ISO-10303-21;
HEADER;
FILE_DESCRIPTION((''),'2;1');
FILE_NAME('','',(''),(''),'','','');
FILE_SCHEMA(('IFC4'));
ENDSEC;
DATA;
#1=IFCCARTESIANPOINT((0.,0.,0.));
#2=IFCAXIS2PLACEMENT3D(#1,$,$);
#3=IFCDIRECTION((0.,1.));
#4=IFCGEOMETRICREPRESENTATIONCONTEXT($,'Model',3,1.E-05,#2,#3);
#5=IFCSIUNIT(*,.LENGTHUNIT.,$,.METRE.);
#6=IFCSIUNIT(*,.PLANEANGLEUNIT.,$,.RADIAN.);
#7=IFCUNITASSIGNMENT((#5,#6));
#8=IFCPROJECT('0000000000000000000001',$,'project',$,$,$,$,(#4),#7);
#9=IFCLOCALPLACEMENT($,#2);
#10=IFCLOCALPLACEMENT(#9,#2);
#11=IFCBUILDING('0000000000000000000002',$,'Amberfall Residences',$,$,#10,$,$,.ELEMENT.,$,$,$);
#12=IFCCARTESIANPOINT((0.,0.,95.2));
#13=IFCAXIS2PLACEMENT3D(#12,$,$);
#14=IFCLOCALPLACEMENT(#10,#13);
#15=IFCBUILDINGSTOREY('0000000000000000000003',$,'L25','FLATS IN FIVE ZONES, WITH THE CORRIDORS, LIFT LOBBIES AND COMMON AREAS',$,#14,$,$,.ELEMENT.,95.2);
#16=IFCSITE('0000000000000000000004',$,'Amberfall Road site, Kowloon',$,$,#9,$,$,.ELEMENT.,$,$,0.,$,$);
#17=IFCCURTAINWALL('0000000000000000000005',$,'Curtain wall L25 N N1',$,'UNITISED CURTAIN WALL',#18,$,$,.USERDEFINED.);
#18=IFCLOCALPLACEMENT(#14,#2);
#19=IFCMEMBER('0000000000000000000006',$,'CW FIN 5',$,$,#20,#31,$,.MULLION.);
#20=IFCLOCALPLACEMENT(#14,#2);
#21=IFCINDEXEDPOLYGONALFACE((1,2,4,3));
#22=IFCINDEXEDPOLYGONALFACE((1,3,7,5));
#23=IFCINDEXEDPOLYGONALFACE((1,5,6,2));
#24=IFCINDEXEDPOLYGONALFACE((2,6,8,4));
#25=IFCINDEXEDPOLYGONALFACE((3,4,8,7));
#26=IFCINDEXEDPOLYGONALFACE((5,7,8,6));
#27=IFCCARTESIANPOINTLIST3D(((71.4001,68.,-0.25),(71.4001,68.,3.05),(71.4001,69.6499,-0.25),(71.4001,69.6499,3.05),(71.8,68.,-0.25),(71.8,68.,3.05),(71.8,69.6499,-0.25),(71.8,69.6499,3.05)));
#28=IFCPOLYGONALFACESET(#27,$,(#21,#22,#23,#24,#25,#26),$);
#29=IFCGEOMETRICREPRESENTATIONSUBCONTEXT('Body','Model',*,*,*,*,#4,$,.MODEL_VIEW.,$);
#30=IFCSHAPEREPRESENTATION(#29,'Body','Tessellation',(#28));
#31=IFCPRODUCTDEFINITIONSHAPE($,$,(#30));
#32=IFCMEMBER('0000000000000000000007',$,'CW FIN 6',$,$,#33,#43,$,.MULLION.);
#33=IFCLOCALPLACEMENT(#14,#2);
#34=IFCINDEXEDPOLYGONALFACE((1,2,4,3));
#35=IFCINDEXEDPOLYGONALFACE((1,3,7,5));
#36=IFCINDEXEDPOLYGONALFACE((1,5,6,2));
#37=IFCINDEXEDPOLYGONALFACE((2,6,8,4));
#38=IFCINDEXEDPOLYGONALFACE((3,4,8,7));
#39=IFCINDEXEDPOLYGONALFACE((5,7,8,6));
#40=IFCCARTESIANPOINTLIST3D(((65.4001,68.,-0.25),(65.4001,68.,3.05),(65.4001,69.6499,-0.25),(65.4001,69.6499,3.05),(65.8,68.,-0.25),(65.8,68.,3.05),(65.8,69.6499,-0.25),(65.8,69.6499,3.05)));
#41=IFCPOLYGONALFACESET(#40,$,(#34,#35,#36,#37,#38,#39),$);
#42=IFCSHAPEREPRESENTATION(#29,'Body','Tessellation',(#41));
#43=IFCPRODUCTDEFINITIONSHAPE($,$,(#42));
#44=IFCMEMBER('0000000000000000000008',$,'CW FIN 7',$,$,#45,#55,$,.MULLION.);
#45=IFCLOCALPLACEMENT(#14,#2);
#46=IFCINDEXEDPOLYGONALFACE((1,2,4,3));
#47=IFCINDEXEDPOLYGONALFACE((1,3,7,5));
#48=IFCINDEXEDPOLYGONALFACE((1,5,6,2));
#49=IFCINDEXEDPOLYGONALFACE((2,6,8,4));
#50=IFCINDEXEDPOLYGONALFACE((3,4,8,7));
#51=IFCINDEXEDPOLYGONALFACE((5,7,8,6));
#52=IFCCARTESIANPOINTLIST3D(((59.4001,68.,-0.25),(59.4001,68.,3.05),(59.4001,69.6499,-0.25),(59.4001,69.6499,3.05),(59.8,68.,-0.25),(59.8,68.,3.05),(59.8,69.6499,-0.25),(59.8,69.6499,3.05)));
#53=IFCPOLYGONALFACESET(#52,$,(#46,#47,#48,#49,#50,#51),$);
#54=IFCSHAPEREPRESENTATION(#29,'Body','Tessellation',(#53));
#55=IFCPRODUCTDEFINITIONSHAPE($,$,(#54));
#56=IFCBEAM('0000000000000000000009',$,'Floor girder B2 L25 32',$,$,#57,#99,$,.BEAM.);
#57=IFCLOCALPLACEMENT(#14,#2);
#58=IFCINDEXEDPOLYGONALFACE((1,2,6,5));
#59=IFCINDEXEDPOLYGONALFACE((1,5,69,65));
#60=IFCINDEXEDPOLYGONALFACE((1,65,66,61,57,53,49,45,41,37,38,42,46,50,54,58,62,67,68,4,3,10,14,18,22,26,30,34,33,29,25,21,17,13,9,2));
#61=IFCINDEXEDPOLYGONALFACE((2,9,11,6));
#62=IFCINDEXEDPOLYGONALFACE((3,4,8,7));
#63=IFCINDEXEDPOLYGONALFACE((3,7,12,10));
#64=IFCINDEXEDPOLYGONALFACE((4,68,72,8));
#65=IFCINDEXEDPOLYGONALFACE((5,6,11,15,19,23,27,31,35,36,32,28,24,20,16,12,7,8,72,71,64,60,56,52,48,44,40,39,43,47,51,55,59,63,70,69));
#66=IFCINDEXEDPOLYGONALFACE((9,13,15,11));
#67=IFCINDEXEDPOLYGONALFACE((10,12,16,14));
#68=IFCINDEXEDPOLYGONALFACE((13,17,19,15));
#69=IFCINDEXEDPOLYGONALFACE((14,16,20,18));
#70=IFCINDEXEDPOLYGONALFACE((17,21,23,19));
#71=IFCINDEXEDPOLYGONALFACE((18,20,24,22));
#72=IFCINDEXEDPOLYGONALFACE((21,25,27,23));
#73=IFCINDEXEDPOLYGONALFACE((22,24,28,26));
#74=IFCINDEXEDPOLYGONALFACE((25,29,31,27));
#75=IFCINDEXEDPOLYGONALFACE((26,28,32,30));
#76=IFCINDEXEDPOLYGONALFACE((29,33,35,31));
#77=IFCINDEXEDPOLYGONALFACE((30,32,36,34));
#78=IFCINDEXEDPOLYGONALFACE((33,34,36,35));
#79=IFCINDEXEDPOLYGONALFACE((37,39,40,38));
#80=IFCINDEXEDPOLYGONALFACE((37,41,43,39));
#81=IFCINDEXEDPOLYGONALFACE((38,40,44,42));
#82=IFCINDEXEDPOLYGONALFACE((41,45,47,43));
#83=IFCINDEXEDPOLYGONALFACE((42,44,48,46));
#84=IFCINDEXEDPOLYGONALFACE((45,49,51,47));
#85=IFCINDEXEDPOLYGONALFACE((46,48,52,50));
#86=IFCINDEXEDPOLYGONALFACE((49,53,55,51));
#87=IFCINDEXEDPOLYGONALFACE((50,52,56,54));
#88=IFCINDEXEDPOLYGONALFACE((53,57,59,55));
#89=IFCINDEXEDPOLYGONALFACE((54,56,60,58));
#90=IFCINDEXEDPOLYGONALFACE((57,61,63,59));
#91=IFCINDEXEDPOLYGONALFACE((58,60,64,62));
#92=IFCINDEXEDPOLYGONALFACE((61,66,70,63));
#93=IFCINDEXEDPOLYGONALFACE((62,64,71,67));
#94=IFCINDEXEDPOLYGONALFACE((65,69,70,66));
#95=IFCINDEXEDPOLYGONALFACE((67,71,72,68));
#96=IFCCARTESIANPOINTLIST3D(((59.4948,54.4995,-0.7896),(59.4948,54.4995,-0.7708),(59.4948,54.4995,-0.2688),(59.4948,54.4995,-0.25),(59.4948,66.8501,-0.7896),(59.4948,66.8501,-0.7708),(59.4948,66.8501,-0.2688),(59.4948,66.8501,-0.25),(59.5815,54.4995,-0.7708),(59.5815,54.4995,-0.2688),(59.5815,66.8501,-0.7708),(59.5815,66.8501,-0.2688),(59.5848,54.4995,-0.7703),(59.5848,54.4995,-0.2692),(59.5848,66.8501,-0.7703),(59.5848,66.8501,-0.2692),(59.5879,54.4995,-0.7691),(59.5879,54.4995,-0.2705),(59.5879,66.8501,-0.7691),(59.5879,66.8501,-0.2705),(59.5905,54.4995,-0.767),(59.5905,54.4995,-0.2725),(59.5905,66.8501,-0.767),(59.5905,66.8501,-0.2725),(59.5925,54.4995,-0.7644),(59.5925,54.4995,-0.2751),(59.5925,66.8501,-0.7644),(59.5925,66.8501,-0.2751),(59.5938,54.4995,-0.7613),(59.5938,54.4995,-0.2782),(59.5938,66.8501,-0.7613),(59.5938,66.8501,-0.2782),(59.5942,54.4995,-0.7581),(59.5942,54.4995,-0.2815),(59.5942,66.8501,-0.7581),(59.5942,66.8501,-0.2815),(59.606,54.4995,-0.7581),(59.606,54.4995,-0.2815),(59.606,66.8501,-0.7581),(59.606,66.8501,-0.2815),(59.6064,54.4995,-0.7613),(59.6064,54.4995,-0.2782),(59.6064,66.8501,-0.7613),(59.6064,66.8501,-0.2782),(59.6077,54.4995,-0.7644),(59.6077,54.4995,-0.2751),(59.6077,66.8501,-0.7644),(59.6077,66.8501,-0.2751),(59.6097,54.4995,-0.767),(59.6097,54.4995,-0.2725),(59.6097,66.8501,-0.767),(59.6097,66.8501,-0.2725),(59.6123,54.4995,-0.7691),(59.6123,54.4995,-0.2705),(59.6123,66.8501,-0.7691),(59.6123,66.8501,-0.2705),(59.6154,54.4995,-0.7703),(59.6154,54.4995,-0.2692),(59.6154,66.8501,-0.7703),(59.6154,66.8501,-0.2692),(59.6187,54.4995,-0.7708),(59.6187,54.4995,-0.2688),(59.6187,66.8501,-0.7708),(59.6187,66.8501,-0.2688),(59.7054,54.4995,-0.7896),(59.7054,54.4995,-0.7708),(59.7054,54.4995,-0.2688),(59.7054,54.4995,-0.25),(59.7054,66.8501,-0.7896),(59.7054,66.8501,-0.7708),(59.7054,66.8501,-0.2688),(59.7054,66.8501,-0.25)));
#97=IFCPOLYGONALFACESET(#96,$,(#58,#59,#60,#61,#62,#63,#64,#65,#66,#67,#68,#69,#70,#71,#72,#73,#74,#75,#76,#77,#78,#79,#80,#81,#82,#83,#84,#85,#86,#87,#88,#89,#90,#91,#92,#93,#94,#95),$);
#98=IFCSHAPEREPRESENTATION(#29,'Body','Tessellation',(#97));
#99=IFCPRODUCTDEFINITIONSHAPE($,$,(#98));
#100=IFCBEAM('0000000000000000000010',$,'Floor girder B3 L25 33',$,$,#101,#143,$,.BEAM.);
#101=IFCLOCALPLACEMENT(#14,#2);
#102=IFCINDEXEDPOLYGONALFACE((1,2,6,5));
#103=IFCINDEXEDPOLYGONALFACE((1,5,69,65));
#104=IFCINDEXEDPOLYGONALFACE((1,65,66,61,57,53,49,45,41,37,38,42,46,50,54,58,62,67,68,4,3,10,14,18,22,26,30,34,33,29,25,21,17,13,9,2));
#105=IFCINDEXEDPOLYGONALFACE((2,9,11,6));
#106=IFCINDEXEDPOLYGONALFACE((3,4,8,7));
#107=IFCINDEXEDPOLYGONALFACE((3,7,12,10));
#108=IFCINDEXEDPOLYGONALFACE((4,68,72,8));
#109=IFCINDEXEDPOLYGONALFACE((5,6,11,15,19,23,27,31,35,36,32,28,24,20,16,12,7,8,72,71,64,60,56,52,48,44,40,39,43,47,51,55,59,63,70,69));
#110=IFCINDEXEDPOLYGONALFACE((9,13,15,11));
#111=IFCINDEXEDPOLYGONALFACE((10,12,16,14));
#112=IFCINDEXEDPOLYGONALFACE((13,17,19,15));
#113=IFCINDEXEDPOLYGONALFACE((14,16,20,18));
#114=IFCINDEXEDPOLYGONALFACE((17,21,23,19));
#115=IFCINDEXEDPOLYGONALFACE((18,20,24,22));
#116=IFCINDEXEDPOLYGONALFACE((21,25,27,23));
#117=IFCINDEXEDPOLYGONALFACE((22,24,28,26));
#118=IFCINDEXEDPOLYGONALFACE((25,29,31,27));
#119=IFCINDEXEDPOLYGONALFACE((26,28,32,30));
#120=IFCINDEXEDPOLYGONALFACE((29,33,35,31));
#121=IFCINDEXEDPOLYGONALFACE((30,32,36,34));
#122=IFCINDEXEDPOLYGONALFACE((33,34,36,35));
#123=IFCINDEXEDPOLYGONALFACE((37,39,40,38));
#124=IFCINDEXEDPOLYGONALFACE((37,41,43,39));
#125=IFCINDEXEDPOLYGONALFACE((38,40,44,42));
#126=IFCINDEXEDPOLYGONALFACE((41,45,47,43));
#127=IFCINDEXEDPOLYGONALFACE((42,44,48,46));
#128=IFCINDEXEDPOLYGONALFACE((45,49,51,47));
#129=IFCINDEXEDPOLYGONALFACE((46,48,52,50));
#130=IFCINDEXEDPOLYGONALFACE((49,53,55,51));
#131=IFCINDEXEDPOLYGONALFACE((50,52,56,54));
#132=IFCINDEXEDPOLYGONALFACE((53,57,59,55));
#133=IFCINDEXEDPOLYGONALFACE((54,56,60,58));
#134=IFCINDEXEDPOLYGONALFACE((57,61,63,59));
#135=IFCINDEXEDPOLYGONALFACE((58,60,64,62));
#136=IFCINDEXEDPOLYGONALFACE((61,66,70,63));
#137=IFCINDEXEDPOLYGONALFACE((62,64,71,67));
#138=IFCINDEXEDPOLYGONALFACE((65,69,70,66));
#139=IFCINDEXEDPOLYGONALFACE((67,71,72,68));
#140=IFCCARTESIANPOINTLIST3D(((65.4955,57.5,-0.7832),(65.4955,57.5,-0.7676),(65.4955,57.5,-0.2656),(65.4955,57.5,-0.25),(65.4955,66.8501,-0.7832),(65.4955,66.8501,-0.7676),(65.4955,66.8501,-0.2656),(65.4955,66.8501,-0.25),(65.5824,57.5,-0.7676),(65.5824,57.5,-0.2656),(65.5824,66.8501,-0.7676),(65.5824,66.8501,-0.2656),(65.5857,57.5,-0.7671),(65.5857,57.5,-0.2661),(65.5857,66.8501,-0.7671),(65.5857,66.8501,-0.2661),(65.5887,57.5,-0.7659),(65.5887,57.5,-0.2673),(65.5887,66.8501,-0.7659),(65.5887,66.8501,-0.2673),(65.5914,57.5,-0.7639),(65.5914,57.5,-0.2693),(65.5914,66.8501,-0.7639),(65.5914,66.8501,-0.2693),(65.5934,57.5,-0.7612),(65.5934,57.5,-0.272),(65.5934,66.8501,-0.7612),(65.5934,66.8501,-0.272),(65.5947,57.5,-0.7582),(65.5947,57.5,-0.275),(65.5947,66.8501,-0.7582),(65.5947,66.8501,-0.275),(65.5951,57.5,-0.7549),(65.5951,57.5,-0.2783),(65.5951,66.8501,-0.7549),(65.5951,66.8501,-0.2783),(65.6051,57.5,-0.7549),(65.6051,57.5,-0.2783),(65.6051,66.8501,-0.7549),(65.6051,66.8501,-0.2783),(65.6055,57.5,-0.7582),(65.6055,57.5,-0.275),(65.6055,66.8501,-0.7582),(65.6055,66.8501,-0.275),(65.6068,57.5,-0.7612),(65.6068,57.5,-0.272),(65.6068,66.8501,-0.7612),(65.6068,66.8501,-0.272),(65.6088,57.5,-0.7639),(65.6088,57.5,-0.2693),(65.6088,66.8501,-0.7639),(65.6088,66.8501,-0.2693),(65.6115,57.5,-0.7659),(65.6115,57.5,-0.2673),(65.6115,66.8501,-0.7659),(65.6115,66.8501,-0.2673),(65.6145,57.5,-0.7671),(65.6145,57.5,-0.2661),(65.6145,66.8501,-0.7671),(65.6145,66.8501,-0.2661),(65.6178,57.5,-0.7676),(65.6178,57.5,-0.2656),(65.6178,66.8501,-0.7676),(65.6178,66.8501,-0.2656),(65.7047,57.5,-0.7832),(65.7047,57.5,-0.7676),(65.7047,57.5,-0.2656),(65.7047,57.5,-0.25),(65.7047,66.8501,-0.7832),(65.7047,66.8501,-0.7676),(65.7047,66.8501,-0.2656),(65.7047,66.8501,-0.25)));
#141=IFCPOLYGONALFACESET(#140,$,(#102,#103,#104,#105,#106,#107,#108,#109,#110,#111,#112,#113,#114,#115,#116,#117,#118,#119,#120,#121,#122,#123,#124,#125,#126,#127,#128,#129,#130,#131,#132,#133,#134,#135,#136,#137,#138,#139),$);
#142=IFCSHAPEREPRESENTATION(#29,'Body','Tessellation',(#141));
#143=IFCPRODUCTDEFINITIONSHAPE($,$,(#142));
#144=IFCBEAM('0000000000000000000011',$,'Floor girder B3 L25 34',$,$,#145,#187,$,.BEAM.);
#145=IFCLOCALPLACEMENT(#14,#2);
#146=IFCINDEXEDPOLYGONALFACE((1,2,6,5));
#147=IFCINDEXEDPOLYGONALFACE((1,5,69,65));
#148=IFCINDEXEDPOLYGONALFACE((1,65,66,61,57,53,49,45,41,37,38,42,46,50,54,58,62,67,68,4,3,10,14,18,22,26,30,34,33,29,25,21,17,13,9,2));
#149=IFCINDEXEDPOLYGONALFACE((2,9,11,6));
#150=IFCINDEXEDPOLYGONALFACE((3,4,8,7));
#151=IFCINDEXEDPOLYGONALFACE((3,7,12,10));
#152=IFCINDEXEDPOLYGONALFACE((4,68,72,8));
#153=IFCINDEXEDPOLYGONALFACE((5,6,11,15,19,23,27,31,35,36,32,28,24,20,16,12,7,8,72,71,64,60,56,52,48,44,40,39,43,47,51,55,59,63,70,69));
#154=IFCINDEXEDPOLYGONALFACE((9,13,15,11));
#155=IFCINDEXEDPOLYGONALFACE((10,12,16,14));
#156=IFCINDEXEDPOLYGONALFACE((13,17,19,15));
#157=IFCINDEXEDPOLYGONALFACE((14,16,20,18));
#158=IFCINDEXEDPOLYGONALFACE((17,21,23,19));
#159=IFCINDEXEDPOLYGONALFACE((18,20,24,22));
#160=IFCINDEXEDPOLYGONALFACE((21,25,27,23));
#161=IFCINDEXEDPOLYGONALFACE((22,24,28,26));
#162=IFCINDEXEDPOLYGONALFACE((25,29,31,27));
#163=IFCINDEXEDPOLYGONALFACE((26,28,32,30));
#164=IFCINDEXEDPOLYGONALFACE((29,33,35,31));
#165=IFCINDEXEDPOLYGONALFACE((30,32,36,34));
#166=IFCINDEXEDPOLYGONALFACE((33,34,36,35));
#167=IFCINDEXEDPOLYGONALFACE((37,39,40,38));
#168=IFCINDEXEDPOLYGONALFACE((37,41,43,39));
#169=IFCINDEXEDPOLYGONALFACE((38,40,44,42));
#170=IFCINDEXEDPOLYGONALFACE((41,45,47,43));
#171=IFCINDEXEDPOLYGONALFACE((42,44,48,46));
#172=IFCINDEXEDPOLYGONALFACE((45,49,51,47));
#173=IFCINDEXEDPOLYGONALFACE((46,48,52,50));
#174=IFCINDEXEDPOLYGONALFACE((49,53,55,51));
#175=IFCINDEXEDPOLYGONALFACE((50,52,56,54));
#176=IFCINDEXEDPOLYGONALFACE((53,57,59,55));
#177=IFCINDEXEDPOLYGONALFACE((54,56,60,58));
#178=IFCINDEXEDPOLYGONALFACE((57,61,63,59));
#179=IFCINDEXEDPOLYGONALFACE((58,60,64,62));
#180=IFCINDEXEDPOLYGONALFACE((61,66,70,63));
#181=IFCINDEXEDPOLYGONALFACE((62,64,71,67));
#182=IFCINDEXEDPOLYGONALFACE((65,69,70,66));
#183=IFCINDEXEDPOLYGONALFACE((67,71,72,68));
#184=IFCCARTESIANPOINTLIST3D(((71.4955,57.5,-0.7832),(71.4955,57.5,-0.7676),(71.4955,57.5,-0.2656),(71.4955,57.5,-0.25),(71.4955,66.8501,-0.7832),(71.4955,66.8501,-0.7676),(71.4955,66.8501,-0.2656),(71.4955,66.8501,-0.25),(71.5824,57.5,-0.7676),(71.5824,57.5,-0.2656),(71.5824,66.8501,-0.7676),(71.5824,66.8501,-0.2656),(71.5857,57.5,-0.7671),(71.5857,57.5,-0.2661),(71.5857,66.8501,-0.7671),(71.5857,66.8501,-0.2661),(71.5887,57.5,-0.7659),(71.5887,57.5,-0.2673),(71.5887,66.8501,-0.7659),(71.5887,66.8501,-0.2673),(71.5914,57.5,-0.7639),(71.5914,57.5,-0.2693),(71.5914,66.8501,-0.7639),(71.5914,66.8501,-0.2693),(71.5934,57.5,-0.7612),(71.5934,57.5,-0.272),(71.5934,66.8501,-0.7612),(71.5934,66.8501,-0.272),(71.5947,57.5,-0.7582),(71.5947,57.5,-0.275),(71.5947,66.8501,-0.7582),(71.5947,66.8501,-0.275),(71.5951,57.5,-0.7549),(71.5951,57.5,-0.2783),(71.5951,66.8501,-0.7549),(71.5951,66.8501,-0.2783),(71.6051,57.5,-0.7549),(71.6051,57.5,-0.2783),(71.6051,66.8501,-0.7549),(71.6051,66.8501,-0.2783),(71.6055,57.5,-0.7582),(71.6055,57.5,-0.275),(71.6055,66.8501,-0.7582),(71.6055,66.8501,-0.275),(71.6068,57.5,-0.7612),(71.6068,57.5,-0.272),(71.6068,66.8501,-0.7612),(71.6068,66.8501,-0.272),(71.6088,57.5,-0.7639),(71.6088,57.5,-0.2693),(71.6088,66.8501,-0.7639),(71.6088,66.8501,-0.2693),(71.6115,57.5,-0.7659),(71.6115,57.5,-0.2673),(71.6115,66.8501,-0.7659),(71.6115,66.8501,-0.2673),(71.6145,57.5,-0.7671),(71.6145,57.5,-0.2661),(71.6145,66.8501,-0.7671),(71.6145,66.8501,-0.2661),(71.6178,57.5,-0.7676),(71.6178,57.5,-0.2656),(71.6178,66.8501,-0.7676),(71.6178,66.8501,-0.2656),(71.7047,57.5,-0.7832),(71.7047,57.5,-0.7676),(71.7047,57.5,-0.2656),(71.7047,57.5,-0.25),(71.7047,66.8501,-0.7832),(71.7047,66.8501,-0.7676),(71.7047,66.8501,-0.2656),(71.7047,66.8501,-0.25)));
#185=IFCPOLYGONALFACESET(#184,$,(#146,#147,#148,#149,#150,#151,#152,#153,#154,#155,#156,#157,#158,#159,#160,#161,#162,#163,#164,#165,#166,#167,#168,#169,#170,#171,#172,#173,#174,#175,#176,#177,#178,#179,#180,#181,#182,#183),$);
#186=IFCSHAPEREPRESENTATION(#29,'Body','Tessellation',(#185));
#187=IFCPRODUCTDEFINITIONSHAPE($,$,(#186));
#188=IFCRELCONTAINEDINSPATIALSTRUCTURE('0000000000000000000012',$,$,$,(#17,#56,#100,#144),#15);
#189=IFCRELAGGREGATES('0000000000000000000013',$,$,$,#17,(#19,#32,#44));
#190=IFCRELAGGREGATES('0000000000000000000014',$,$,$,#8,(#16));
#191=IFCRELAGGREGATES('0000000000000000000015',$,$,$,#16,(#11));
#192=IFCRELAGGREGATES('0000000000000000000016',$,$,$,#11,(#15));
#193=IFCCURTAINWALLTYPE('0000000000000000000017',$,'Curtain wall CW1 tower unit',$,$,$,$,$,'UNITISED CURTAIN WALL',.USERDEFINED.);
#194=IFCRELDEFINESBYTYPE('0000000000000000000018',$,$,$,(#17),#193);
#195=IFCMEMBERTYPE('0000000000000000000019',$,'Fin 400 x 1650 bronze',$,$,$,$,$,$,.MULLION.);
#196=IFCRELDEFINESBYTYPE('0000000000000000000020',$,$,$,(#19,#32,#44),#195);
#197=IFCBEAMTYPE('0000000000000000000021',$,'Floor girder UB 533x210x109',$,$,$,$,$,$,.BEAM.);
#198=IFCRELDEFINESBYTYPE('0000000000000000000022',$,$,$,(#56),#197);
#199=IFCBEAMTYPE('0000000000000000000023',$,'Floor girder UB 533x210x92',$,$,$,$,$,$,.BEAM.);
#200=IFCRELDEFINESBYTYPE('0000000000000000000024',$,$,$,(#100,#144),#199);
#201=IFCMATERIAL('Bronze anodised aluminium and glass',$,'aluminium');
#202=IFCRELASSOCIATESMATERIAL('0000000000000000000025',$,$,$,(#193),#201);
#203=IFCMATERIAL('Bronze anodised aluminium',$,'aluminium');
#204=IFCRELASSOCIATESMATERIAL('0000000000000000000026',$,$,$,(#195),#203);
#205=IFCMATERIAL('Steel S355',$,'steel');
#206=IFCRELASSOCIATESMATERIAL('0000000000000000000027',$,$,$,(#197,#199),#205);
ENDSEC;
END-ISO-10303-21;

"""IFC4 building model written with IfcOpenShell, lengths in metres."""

from ifc_helpers import new_model, si_unit, direction, frame, origin, origin_2d, place, context, subcontext, project, spatial, rectangle, i_section, extrude, material, material_profile, profile_set, type_object, element, aggregate, save


model = new_model("IFC4")

# Units and contexts
model_context = context("Model", 3, precision=1e-05, world=origin(), true_north=direction((0.0, 1.0)))
body_context = subcontext(model_context, "Body", "Model", "MODEL_VIEW")
ifc_project = project(units=[si_unit("LENGTHUNIT", "METRE"), si_unit("PLANEANGLEUNIT", "RADIAN")], contexts=[model_context])

# Site, building, storey
site_placement = place(None, origin())
site = spatial("IfcSite", under=ifc_project, at=site_placement, Name="Amberfall Road site, Kowloon", CompositionType="ELEMENT", RefElevation=0.0)
building_placement = place(site_placement, origin())
building = spatial("IfcBuilding", under=site, at=building_placement, Name="Amberfall Residences", CompositionType="ELEMENT")
storey_placement = place(building_placement, frame((0.0, 0.0, 95.2)))
storey = spatial("IfcBuildingStorey", under=building, at=storey_placement, Name="L25", Description="FLATS IN FIVE ZONES, WITH THE CORRIDORS, LIFT LOBBIES AND COMMON AREAS", CompositionType="ELEMENT", Elevation=95.2)

# Curtain wall
ifc_material_1 = material(Name="Bronze anodised aluminium and glass", Category="aluminium")
curtain_wall_type = type_object("IfcCurtainWallType", Name="Curtain wall CW1 tower unit", ElementType="UNITISED CURTAIN WALL", PredefinedType="USERDEFINED", material=ifc_material_1)
curtain_wall_placement = place(storey_placement, origin())
curtain_wall = element("IfcCurtainWall", 1, at=curtain_wall_placement, inside=storey, type_object=curtain_wall_type, Name="Curtain wall L25 N N1", ObjectType="UNITISED CURTAIN WALL", PredefinedType="USERDEFINED")
ifc_material_2 = material(Name="Bronze anodised aluminium", Category="aluminium")

# Shared definitions
ifc_material_3 = material(Name="Steel S355", Category="steel")

# Members
ifc_material_profile_1 = material_profile(ifc_material_2, rectangle(XDim=1.6499, YDim=0.3999, at=origin_2d()), Name="Fin 400 x 1650 bronze")
ifc_profile_set_1 = profile_set([ifc_material_profile_1], Name="Bronze anodised aluminium")
member_type_1 = type_object("IfcMemberType", Name="Fin 400 x 1650 bronze", PredefinedType="MULLION", material=ifc_profile_set_1)
member_1_placement = place(storey_placement, frame((71.6001, 68.825, -0.25), z_axis=(0.0, 0.0, 1.0), x_axis=(0.0, -1.0, 0.0)))
member_1 = element("IfcMember", 2, at=member_1_placement, type_object=member_type_1, Name="CW FIN 5", PredefinedType="MULLION", context=body_context, shape_type="SweptSolid", body=[
    extrude(rectangle(XDim=1.6499, YDim=0.3999, at=origin_2d()), origin(), (0.0, 0.0, 1.0), 3.3),
])
member_2_placement = place(storey_placement, frame((65.6001, 68.825, -0.25), z_axis=(0.0, 0.0, 1.0), x_axis=(0.0, -1.0, 0.0)))
member_2 = element("IfcMember", 3, at=member_2_placement, type_object=member_type_1, Name="CW FIN 6", PredefinedType="MULLION", context=body_context, shape_type="SweptSolid", body=[
    extrude(rectangle(XDim=1.6499, YDim=0.3999, at=origin_2d()), origin(), (0.0, 0.0, 1.0), 3.3),
])
member_3_placement = place(storey_placement, frame((59.6001, 68.825, -0.25), z_axis=(0.0, 0.0, 1.0), x_axis=(0.0, -1.0, 0.0)))
member_3 = element("IfcMember", 4, at=member_3_placement, type_object=member_type_1, Name="CW FIN 7", PredefinedType="MULLION", context=body_context, shape_type="SweptSolid", body=[
    extrude(rectangle(XDim=1.6499, YDim=0.3999, at=origin_2d()), origin(), (0.0, 0.0, 1.0), 3.3),
])

# Beams
ifc_material_profile_2 = material_profile(ifc_material_3, i_section(OverallWidth=0.2107, OverallDepth=0.5396, WebThickness=0.0117, FlangeThickness=0.0188, FilletRadius=0.0127, at=origin_2d()), Name="UB 533x210x109")
ifc_profile_set_2 = profile_set([ifc_material_profile_2], Name="Steel S355")
beam_type_1 = type_object("IfcBeamType", Name="Floor girder UB 533x210x109", PredefinedType="BEAM", material=ifc_profile_set_2)
beam_placement = place(storey_placement, frame((59.6001, 66.8501, -0.5198), z_axis=(0.0, -1.0, 0.0), x_axis=(1.0, 0.0, 0.0)))
element("IfcBeam", 5, at=beam_placement, inside=storey, type_object=beam_type_1, Name="Floor girder B2 L25 32", PredefinedType="BEAM", context=body_context, shape_type="SweptSolid", body=[
    extrude(i_section(OverallWidth=0.2107, OverallDepth=0.5396, WebThickness=0.0117, FlangeThickness=0.0188, FilletRadius=0.0127, at=origin_2d()), origin(), (0.0, 0.0, 1.0), 12.3506),
])
ifc_material_profile_3 = material_profile(ifc_material_3, i_section(OverallWidth=0.2092, OverallDepth=0.5332, WebThickness=0.01, FlangeThickness=0.0156, FilletRadius=0.0127, at=origin_2d()), Name="UB 533x210x92")
ifc_profile_set_3 = profile_set([ifc_material_profile_3], Name="Steel S355")
beam_type_2 = type_object("IfcBeamType", Name="Floor girder UB 533x210x92", PredefinedType="BEAM", material=ifc_profile_set_3)
for number, where, z_axis, x_axis, name in (
    (6, (65.6001, 66.8501, -0.5166), (0.0, -1.0, 0.0), (1.0, 0.0, 0.0), "Floor girder B3 L25 33"),
    (7, (71.6001, 66.8501, -0.5166), (0.0, -1.0, 0.0), (1.0, 0.0, 0.0), "Floor girder B3 L25 34"),
):
    element("IfcBeam", number, at=place(storey_placement, frame(where, z_axis=z_axis, x_axis=x_axis)), inside=storey, type_object=beam_type_2, Name=name, PredefinedType="BEAM", context=body_context, shape_type="SweptSolid", body=[
        extrude(i_section(OverallWidth=0.2092, OverallDepth=0.5332, WebThickness=0.01, FlangeThickness=0.0156, FilletRadius=0.0127, at=origin_2d()), origin(), (0.0, 0.0, 1.0), 9.3501),
    ])

aggregate(curtain_wall, [member_1, member_2, member_3])

save(model, "model.ifc")
